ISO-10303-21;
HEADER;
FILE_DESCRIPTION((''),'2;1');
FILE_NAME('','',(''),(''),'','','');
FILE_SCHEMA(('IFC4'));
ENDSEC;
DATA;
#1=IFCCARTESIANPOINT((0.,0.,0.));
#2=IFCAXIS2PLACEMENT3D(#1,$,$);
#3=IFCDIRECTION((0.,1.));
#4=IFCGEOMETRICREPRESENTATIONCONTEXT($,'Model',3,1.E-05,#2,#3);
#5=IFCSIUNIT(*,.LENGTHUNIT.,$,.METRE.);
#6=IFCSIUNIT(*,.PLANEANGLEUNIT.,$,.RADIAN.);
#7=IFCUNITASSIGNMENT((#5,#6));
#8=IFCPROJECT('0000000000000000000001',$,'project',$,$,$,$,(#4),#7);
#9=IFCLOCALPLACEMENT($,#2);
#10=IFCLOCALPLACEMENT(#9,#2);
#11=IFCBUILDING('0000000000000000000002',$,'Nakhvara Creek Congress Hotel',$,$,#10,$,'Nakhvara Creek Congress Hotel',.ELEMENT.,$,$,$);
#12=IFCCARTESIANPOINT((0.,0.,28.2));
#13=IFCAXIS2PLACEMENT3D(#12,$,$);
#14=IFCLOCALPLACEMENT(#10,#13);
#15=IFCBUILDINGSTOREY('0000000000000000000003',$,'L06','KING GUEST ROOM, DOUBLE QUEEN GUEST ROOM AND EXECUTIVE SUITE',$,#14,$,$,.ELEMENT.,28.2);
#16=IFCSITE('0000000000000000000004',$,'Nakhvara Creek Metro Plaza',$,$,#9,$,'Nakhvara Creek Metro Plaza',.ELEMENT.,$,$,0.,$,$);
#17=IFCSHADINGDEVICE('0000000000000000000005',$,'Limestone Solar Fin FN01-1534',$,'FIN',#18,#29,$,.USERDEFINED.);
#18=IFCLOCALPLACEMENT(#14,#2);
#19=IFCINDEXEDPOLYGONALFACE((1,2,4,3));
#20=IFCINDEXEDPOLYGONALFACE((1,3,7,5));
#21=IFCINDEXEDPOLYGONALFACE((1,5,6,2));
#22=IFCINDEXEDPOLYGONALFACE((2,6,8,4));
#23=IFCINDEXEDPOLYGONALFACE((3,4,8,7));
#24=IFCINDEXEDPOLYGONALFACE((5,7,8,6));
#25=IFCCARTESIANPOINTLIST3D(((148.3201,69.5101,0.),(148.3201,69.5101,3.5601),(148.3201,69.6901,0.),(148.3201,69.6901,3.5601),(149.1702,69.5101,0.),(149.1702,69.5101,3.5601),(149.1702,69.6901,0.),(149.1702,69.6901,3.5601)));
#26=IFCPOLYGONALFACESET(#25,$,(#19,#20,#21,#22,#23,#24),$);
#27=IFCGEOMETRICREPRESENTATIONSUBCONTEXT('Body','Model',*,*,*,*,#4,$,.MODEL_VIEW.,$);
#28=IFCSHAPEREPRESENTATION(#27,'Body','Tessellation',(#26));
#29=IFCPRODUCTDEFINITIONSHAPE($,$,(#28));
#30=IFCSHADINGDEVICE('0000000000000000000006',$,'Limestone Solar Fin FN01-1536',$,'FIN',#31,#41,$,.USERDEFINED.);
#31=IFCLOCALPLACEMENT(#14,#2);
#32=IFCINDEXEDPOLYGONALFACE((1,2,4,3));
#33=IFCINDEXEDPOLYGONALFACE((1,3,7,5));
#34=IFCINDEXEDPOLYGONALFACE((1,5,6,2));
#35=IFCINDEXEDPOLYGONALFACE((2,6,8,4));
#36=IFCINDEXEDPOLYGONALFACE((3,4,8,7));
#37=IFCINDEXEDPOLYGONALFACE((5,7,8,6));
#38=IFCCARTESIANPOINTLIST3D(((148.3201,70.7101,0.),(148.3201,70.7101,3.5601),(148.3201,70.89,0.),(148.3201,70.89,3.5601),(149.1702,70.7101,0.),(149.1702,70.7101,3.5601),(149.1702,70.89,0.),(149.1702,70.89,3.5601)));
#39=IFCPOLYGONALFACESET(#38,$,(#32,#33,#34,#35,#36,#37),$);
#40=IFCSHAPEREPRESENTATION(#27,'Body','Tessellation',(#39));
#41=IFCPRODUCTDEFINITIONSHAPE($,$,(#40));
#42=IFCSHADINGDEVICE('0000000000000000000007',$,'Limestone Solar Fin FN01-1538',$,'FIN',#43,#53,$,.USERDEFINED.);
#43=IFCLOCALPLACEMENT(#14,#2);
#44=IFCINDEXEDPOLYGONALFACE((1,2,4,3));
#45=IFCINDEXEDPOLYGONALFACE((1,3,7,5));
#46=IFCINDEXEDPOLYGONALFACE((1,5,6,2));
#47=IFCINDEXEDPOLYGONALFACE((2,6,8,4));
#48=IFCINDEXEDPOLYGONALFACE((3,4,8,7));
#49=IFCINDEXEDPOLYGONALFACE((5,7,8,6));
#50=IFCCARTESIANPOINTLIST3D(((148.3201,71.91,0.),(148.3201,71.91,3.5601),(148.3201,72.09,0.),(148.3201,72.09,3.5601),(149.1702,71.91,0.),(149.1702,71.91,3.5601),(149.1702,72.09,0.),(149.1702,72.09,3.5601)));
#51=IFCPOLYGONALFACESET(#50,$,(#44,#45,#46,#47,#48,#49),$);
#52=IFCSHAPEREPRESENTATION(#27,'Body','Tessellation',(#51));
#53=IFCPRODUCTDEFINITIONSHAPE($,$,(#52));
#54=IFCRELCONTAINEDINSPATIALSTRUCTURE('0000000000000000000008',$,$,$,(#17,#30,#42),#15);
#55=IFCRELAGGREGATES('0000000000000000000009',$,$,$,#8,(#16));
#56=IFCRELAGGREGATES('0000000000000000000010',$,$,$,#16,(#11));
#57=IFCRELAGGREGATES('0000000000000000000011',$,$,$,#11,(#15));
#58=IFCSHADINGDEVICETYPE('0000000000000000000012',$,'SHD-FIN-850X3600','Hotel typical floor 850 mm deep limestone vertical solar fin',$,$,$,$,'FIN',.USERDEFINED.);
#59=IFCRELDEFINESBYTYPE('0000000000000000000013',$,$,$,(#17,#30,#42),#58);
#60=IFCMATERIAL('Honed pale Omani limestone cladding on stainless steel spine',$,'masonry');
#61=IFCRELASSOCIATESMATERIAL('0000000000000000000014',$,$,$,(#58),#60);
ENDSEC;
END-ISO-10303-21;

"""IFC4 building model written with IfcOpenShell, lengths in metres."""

from ifc_helpers import new_model, si_unit, direction, frame, origin, origin_2d, place, context, subcontext, project, spatial, rectangle, extrude, material, type_object, element, save


model = new_model("IFC4")

# Units and contexts
model_context = context("Model", 3, precision=1e-05, world=origin(), true_north=direction((0.0, 1.0)))
body_context = subcontext(model_context, "Body", "Model", "MODEL_VIEW")
ifc_project = project(units=[si_unit("LENGTHUNIT", "METRE"), si_unit("PLANEANGLEUNIT", "RADIAN")], contexts=[model_context])

# Site, building, storey
site_placement = place(None, origin())
site = spatial("IfcSite", under=ifc_project, at=site_placement, Name="Nakhvara Creek Metro Plaza", LongName="Nakhvara Creek Metro Plaza", CompositionType="ELEMENT", RefElevation=0.0)
building_placement = place(site_placement, origin())
building = spatial("IfcBuilding", under=site, at=building_placement, Name="Nakhvara Creek Congress Hotel", LongName="Nakhvara Creek Congress Hotel", CompositionType="ELEMENT")
storey_placement = place(building_placement, frame((0.0, 0.0, 28.2)))
storey = spatial("IfcBuildingStorey", under=building, at=storey_placement, Name="L06", Description="KING GUEST ROOM, DOUBLE QUEEN GUEST ROOM AND EXECUTIVE SUITE", CompositionType="ELEMENT", Elevation=28.2)

# Shading devices
ifc_material_1 = material(Name="Honed pale Omani limestone cladding on stainless steel spine", Category="masonry")
shading_device_type = type_object("IfcShadingDeviceType", Name="SHD-FIN-850X3600", Description="Hotel typical floor 850 mm deep limestone vertical solar fin", ElementType="FIN", PredefinedType="USERDEFINED", material=ifc_material_1)
for number, where, z_axis, x_axis, name in (
    (1, (148.7451, 69.6001, 0.0), (0.0, 0.0, 1.0), (0.0, 1.0, 0.0), "Limestone Solar Fin FN01-1534"),
    (2, (148.7451, 70.8, 0.0), (0.0, 0.0, 1.0), (0.0, 1.0, 0.0), "Limestone Solar Fin FN01-1536"),
    (3, (148.7451, 72.0, 0.0), (0.0, 0.0, 1.0), (0.0, 1.0, 0.0), "Limestone Solar Fin FN01-1538"),
):
    element("IfcShadingDevice", number, at=place(storey_placement, frame(where, z_axis=z_axis, x_axis=x_axis)), inside=storey, type_object=shading_device_type, Name=name, ObjectType="FIN", PredefinedType="USERDEFINED", context=body_context, shape_type="SweptSolid", body=[
        extrude(rectangle(XDim=0.1799, YDim=0.8501, at=origin_2d()), origin(), (0.0, 0.0, 1.0), 3.5601),
    ])

save(model, "model.ifc")
